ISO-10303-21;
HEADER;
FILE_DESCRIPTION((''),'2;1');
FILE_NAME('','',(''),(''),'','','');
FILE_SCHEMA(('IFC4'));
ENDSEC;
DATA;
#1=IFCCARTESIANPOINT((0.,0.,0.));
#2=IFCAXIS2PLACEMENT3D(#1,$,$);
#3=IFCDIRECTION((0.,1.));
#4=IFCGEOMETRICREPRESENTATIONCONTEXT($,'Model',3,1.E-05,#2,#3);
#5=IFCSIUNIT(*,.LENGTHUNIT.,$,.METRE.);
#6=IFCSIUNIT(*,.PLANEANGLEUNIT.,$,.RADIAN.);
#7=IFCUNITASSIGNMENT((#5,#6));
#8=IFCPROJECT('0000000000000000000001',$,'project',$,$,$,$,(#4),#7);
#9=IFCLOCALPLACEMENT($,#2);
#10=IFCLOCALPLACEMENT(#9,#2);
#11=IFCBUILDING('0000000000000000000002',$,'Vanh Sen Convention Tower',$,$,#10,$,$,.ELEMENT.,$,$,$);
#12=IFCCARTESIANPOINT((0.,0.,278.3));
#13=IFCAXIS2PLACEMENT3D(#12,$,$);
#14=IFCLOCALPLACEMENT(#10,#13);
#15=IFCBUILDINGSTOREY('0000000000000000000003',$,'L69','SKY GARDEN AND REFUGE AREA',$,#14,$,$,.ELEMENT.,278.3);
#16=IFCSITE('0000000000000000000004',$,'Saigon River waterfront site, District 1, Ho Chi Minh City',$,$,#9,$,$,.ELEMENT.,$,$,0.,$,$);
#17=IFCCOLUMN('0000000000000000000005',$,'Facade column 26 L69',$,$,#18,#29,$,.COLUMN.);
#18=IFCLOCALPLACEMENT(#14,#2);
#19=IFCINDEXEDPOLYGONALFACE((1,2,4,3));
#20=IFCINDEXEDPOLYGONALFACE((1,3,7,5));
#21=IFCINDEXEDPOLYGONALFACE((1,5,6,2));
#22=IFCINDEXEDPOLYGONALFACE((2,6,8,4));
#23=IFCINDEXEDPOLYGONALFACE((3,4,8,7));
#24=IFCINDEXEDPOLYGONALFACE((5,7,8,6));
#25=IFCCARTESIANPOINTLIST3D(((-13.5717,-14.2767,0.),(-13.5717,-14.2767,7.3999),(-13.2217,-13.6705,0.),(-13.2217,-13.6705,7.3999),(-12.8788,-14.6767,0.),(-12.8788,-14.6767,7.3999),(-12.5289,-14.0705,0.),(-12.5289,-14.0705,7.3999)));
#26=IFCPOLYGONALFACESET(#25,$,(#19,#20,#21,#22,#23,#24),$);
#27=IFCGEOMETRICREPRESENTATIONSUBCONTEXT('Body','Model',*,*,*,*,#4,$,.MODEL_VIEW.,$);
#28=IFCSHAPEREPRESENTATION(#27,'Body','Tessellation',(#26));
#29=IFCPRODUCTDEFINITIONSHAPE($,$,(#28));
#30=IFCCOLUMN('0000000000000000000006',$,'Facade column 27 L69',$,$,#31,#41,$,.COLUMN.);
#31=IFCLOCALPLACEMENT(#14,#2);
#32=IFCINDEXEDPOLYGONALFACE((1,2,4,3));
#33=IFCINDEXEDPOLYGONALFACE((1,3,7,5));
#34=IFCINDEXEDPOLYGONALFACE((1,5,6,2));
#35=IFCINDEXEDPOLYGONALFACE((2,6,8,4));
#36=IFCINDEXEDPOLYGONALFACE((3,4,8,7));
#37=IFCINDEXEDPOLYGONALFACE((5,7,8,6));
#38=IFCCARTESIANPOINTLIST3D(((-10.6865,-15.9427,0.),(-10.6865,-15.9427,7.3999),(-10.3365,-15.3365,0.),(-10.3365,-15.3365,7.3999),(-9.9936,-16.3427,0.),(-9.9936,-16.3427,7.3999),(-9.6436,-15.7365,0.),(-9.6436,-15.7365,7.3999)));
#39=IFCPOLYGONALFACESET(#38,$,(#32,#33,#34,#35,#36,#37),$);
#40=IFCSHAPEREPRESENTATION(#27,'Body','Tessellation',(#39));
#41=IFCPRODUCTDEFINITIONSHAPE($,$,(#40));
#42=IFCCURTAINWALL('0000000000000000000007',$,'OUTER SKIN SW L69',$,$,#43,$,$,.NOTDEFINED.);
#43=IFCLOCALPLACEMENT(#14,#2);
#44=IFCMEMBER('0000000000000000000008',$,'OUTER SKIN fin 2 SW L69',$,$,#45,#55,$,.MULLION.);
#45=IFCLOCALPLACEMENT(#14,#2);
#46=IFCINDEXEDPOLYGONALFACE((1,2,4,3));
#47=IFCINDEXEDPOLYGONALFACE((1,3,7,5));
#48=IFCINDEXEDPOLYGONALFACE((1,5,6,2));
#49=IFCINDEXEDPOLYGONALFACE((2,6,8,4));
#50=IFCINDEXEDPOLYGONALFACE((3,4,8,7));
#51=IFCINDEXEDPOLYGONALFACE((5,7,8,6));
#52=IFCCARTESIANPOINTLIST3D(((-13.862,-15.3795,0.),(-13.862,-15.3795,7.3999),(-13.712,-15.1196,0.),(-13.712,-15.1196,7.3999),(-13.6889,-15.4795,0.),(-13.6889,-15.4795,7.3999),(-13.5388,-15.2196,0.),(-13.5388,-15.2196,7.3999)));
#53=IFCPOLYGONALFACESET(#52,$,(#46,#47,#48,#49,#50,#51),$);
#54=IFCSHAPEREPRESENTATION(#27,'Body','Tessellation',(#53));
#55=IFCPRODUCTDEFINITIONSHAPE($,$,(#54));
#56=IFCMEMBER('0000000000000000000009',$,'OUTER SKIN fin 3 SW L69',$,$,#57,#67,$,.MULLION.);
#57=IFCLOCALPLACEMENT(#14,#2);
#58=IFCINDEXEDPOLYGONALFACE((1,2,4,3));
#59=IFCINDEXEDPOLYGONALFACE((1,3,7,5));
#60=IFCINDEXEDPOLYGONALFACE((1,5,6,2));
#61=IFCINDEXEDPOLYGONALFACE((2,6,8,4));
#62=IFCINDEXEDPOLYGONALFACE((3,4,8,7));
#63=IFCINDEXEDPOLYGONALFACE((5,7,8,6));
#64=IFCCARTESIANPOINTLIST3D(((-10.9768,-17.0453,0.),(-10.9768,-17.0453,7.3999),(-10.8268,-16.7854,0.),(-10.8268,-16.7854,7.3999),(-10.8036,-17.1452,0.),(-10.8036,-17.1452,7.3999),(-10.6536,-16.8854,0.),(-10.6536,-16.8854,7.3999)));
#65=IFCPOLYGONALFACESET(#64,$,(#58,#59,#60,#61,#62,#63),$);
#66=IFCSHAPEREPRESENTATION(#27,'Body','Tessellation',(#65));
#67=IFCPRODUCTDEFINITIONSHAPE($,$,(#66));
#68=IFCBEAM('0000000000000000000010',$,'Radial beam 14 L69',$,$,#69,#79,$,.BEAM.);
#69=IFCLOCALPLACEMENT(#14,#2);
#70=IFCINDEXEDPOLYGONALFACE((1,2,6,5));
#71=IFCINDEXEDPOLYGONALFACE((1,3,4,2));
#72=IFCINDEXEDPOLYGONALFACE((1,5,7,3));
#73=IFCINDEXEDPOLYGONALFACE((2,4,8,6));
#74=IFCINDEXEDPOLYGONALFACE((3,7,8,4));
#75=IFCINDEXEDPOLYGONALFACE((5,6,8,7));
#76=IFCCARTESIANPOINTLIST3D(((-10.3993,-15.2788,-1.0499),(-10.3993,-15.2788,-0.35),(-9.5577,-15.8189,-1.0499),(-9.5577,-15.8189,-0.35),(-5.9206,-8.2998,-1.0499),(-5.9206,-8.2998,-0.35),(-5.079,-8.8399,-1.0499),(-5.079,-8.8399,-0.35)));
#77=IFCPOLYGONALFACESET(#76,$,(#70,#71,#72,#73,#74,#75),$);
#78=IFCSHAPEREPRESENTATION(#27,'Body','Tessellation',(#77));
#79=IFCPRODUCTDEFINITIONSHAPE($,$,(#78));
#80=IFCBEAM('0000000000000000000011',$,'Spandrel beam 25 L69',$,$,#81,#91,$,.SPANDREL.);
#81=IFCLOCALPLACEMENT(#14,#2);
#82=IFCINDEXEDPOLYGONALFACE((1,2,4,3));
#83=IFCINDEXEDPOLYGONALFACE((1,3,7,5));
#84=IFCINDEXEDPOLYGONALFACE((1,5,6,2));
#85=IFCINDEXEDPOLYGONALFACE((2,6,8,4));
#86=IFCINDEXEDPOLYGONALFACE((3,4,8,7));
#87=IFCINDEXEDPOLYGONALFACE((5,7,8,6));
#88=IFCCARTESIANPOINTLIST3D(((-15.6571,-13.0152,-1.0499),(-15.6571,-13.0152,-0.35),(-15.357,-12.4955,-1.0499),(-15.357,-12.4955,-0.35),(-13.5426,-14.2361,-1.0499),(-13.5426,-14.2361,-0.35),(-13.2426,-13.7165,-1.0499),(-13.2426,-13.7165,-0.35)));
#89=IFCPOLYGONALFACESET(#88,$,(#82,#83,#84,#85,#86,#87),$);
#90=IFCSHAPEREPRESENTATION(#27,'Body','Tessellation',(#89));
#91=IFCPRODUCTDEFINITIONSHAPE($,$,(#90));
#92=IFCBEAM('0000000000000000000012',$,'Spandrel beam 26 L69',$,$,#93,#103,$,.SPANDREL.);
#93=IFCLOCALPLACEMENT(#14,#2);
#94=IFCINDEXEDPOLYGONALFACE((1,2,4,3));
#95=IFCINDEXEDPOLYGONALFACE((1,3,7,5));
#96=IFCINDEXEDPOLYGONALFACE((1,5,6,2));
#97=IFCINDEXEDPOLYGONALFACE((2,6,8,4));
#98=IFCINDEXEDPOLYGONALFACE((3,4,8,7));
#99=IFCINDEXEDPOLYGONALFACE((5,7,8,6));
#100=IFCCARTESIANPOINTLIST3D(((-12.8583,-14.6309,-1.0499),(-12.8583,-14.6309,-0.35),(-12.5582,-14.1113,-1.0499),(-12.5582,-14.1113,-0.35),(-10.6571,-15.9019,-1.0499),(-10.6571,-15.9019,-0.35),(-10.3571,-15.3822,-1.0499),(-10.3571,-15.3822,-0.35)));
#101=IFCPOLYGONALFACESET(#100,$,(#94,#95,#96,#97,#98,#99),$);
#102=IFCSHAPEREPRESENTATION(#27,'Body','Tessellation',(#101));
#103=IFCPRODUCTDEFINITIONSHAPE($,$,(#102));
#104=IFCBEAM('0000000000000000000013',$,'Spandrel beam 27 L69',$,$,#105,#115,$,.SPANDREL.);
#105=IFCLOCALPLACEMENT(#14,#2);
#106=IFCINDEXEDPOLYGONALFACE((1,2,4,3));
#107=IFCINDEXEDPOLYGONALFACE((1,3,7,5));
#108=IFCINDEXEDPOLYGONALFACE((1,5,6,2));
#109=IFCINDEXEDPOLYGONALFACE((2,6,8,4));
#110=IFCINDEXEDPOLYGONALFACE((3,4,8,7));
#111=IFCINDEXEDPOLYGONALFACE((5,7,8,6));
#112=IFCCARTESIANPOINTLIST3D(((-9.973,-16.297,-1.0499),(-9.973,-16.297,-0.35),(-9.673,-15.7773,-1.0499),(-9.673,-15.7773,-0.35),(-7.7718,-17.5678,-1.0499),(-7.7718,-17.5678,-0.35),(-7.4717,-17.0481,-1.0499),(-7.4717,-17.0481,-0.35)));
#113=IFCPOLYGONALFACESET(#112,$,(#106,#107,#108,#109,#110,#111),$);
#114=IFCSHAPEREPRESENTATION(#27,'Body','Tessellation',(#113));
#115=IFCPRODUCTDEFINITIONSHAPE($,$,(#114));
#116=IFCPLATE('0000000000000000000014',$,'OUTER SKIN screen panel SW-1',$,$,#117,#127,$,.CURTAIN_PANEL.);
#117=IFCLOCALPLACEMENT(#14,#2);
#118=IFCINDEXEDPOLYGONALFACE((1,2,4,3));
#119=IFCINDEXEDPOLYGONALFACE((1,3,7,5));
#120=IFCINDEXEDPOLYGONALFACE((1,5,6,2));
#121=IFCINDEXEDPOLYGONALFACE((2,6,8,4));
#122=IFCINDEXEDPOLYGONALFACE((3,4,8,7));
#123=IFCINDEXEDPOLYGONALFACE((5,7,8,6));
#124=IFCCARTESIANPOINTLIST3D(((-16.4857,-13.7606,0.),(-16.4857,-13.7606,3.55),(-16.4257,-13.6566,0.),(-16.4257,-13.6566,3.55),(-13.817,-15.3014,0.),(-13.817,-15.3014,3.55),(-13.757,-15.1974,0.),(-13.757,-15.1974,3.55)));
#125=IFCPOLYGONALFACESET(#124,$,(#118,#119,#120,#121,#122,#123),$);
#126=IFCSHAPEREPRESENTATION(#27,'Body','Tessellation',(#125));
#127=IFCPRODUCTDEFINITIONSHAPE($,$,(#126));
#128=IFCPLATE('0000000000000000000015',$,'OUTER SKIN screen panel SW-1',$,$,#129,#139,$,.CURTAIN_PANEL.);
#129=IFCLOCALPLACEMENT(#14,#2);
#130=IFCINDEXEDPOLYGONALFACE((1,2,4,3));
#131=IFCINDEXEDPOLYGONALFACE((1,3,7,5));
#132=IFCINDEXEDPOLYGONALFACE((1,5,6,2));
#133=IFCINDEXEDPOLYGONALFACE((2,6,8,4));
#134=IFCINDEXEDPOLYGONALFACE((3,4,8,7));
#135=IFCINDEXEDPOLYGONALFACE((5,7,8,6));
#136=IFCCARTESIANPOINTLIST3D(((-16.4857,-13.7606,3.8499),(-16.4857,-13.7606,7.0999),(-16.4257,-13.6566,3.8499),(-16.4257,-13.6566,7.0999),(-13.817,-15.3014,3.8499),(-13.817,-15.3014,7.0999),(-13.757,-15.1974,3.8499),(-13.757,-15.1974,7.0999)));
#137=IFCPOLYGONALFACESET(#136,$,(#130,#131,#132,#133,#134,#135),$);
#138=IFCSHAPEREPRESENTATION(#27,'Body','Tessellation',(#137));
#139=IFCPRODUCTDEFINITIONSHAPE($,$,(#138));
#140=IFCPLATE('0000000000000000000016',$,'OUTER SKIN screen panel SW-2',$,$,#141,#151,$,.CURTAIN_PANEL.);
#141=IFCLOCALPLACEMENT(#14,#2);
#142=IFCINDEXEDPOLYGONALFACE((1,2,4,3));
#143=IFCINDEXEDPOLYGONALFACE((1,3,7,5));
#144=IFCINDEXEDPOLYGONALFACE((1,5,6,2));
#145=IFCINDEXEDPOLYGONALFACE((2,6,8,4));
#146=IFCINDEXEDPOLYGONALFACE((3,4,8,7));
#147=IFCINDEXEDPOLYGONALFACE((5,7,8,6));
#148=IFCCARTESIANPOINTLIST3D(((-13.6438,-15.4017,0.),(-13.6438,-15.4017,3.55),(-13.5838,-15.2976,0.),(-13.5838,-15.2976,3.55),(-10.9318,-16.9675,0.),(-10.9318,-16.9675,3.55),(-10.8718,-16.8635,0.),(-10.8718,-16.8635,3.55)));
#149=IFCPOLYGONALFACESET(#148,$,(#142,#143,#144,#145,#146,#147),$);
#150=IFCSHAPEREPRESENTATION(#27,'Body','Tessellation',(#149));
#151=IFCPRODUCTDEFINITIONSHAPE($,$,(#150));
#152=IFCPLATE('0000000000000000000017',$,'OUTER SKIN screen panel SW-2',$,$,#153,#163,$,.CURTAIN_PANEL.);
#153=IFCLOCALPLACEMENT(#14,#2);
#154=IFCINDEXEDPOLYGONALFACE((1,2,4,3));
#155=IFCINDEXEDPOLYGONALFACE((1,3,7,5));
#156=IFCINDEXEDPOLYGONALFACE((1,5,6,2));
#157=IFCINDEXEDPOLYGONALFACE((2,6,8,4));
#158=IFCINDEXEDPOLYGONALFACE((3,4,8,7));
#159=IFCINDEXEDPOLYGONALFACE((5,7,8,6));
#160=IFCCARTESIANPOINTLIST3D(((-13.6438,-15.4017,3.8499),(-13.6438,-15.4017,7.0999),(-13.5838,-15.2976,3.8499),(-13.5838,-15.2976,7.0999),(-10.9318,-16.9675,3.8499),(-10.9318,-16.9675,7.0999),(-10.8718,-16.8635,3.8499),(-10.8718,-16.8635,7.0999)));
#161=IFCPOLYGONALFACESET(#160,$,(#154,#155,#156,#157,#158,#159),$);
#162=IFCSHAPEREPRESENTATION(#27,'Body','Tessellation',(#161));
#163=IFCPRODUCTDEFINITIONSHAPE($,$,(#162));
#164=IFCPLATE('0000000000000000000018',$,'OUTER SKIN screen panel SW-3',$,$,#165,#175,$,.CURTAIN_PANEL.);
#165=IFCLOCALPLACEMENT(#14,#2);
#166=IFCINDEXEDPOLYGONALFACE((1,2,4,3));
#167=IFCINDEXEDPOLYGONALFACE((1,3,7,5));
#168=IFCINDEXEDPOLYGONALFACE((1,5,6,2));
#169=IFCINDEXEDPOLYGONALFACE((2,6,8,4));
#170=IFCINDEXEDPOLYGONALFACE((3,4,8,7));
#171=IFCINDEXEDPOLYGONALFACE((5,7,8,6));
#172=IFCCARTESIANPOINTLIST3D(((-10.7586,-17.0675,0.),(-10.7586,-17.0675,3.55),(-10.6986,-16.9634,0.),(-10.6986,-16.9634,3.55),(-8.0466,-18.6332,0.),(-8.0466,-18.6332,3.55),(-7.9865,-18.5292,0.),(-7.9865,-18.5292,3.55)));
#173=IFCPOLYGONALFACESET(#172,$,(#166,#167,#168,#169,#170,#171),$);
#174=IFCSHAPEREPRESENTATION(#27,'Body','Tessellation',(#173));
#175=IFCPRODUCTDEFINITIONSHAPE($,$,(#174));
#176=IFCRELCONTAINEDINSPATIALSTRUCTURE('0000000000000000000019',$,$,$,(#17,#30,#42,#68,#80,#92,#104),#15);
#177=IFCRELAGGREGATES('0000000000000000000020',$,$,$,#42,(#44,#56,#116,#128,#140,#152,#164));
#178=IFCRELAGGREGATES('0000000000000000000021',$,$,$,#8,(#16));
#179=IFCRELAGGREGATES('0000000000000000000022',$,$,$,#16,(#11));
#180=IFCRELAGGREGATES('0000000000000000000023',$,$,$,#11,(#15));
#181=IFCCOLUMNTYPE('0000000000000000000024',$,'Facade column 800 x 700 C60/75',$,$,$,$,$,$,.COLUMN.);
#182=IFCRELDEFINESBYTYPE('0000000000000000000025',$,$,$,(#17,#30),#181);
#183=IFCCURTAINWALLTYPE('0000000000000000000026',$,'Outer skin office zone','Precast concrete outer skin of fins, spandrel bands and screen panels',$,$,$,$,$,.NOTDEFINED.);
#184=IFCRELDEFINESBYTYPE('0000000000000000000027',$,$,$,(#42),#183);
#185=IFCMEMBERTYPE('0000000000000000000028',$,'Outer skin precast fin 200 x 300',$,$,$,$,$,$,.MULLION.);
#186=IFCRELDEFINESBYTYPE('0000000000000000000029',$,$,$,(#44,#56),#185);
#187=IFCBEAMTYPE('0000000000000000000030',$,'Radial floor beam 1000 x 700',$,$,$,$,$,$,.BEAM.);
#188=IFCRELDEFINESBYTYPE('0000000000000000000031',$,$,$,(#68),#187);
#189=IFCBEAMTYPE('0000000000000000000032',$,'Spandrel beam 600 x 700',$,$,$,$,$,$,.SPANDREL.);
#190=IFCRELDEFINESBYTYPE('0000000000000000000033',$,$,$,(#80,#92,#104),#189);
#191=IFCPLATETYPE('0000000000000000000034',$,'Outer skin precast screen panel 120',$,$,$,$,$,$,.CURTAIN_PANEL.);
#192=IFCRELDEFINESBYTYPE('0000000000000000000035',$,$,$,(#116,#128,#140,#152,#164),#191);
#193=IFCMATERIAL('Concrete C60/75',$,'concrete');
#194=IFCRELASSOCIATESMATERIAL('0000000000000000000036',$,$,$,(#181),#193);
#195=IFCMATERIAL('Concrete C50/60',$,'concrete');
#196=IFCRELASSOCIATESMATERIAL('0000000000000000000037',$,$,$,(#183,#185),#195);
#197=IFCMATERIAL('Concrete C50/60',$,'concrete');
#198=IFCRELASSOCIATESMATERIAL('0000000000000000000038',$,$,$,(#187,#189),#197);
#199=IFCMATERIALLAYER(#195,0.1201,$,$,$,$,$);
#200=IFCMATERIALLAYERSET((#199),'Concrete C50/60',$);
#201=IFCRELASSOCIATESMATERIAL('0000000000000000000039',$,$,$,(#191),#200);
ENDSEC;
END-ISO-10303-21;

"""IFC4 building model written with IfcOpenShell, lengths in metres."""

from ifc_helpers import new_model, si_unit, direction, frame, origin, origin_2d, place, context, subcontext, project, spatial, rectangle, extrude, material, layer, layer_set, material_profile, profile_set, type_object, element, aggregate, save


model = new_model("IFC4")

# Units and contexts
model_context = context("Model", 3, precision=1e-05, world=origin(), true_north=direction((0.0, 1.0)))
body_context = subcontext(model_context, "Body", "Model", "MODEL_VIEW")
ifc_project = project(units=[si_unit("LENGTHUNIT", "METRE"), si_unit("PLANEANGLEUNIT", "RADIAN")], contexts=[model_context])

# Site, building, storey
site_placement = place(None, origin())
site = spatial("IfcSite", under=ifc_project, at=site_placement, Name="Saigon River waterfront site, District 1, Ho Chi Minh City", CompositionType="ELEMENT", RefElevation=0.0)
building_placement = place(site_placement, origin())
building = spatial("IfcBuilding", under=site, at=building_placement, Name="Vanh Sen Convention Tower", CompositionType="ELEMENT")
storey_placement = place(building_placement, frame((0.0, 0.0, 278.3)))
storey = spatial("IfcBuildingStorey", under=building, at=storey_placement, Name="L69", Description="SKY GARDEN AND REFUGE AREA", CompositionType="ELEMENT", Elevation=278.3)

# Columns
ifc_material_1 = material(Name="Concrete C60/75", Category="concrete")
ifc_material_profile_1 = material_profile(ifc_material_1, rectangle(XDim=0.8, YDim=0.7, at=origin_2d()), Name="RC 800X700")
ifc_profile_set_1 = profile_set([ifc_material_profile_1], Name="Concrete C60/75")
column_type = type_object("IfcColumnType", Name="Facade column 800 x 700 C60/75", PredefinedType="COLUMN", material=ifc_profile_set_1)
for number, where, z_axis, x_axis, name in (
    (1, (-13.0503, -14.1736, 0.0), (0.0, 0.0, 1.0), (0.866025, -0.5, 0.0), "Facade column 26 L69"),
    (2, (-10.165, -15.8396, 0.0), (0.0, 0.0, 1.0), (0.866025, -0.5, 0.0), "Facade column 27 L69"),
):
    element("IfcColumn", number, at=place(storey_placement, frame(where, z_axis=z_axis, x_axis=x_axis)), inside=storey, type_object=column_type, Name=name, PredefinedType="COLUMN", context=body_context, shape_type="SweptSolid", body=[
        extrude(rectangle(XDim=0.8, YDim=0.7, at=origin_2d()), origin(), (0.0, 0.0, 1.0), 7.3999),
    ])

# Curtain wall, members
ifc_material_2 = material(Name="Concrete C50/60", Category="concrete")
curtain_wall_type = type_object("IfcCurtainWallType", Name="Outer skin office zone", Description="Precast concrete outer skin of fins, spandrel bands and screen panels", PredefinedType="NOTDEFINED", material=ifc_material_2)
curtain_wall_placement = place(storey_placement, origin())
curtain_wall = element("IfcCurtainWall", 3, at=curtain_wall_placement, inside=storey, type_object=curtain_wall_type, Name="OUTER SKIN SW L69", PredefinedType="NOTDEFINED")
ifc_material_profile_2 = material_profile(ifc_material_2, rectangle(XDim=0.2, YDim=0.3, at=origin_2d()), Name="Outer skin precast fin 200 x 300")
ifc_profile_set_2 = profile_set([ifc_material_profile_2], Name="Concrete C50/60")
member_type = type_object("IfcMemberType", Name="Outer skin precast fin 200 x 300", PredefinedType="MULLION", material=ifc_profile_set_2)
member_1_placement = place(storey_placement, frame((-13.7004, -15.2996, 0.0), z_axis=(0.0, 0.0, 1.0), x_axis=(0.866025, -0.5, 0.0)))
member_1 = element("IfcMember", 4, at=member_1_placement, type_object=member_type, Name="OUTER SKIN fin 2 SW L69", PredefinedType="MULLION", context=body_context, shape_type="SweptSolid", body=[
    extrude(rectangle(XDim=0.2, YDim=0.3, at=origin_2d()), origin(), (0.0, 0.0, 1.0), 7.3999),
])
member_2_placement = place(storey_placement, frame((-10.8152, -16.9653, 0.0), z_axis=(0.0, 0.0, 1.0), x_axis=(0.866025, -0.5, 0.0)))
member_2 = element("IfcMember", 5, at=member_2_placement, type_object=member_type, Name="OUTER SKIN fin 3 SW L69", PredefinedType="MULLION", context=body_context, shape_type="SweptSolid", body=[
    extrude(rectangle(XDim=0.2, YDim=0.3, at=origin_2d()), origin(), (0.0, 0.0, 1.0), 7.3999),
])

# Beams
ifc_material_3 = material(Name="Concrete C50/60", Category="concrete")
ifc_material_profile_3 = material_profile(ifc_material_3, rectangle(XDim=1.0, YDim=0.7, at=origin_2d()), Name="RC 1000X700")
ifc_profile_set_3 = profile_set([ifc_material_profile_3], Name="Concrete C50/60")
beam_type_1 = type_object("IfcBeamType", Name="Radial floor beam 1000 x 700", PredefinedType="BEAM", material=ifc_profile_set_3)
beam_1_placement = place(storey_placement, frame((-9.9785, -15.5488, -0.7), z_axis=(0.540097, 0.841603, 0.0), x_axis=(-0.841603, 0.540097, 0.0)))
element("IfcBeam", 6, at=beam_1_placement, inside=storey, type_object=beam_type_1, Name="Radial beam 14 L69", PredefinedType="BEAM", context=body_context, shape_type="SweptSolid", body=[
    extrude(rectangle(XDim=1.0, YDim=0.7, at=origin_2d()), origin(), (0.0, 0.0, 1.0), 8.2925),
])
ifc_material_profile_4 = material_profile(ifc_material_3, rectangle(XDim=0.6001, YDim=0.7, at=origin_2d()), Name="RC 600X700")
ifc_profile_set_4 = profile_set([ifc_material_profile_4], Name="Concrete C50/60")
beam_type_2 = type_object("IfcBeamType", Name="Spandrel beam 600 x 700", PredefinedType="SPANDREL", material=ifc_profile_set_4)
beam_2_placement = place(storey_placement, frame((-15.5071, -12.7554, -0.7), z_axis=(0.866001, -0.500043, 0.0), x_axis=(0.500043, 0.866001, 0.0)))
element("IfcBeam", 7, at=beam_2_placement, inside=storey, type_object=beam_type_2, Name="Spandrel beam 25 L69", PredefinedType="SPANDREL", context=body_context, shape_type="SweptSolid", body=[
    extrude(rectangle(XDim=0.6001, YDim=0.7, at=origin_2d()), origin(), (0.0, 0.0, 1.0), 2.4417),
])
for number, where, z_axis, x_axis, name in (
    (8, (-12.7083, -14.3711, -0.7), (0.866, -0.500044, 0.0), (0.500044, 0.866, 0.0), "Spandrel beam 26 L69"),
    (9, (-9.823, -16.0371, -0.7), (0.866042, -0.499972, 0.0), (0.499972, 0.866042, 0.0), "Spandrel beam 27 L69"),
):
    element("IfcBeam", number, at=place(storey_placement, frame(where, z_axis=z_axis, x_axis=x_axis)), inside=storey, type_object=beam_type_2, Name=name, PredefinedType="SPANDREL", context=body_context, shape_type="SweptSolid", body=[
        extrude(rectangle(XDim=0.6001, YDim=0.7, at=origin_2d()), origin(), (0.0, 0.0, 1.0), 2.5417),
    ])

# Plates
ifc_layer_1 = layer(ifc_material_2, 0.1201)
ifc_layer_set_1 = layer_set([ifc_layer_1], Name="Concrete C50/60")
plate_type = type_object("IfcPlateType", Name="Outer skin precast screen panel 120", PredefinedType="CURTAIN_PANEL", material=ifc_layer_set_1)
plate_1_placement = place(storey_placement, frame((-15.1213, -14.479, 0.0), z_axis=(0.0, 0.0, 1.0), x_axis=(0.866029, -0.499994, 0.0)))
plate_1 = element("IfcPlate", 10, at=plate_1_placement, type_object=plate_type, Name="OUTER SKIN screen panel SW-1", PredefinedType="CURTAIN_PANEL", context=body_context, shape_type="SweptSolid", body=[
    extrude(rectangle(XDim=3.0815, YDim=0.1201, at=origin_2d()), origin(), (0.0, 0.0, 1.0), 3.55),
])
plate_2_placement = place(storey_placement, frame((-15.1213, -14.479, 3.8499), z_axis=(0.0, 0.0, 1.0), x_axis=(0.866029, -0.499994, 0.0)))
plate_2 = element("IfcPlate", 11, at=plate_2_placement, type_object=plate_type, Name="OUTER SKIN screen panel SW-1", PredefinedType="CURTAIN_PANEL", context=body_context, shape_type="SweptSolid", body=[
    extrude(rectangle(XDim=3.0815, YDim=0.1201, at=origin_2d()), origin(), (0.0, 0.0, 1.0), 3.25),
])
plate_3_placement = place(storey_placement, frame((-12.2578, -16.1326, 0.0), z_axis=(0.0, 0.0, 1.0), x_axis=(0.866016, -0.500017, 0.0)))
plate_3 = element("IfcPlate", 12, at=plate_3_placement, type_object=plate_type, Name="OUTER SKIN screen panel SW-2", PredefinedType="CURTAIN_PANEL", context=body_context, shape_type="SweptSolid", body=[
    extrude(rectangle(XDim=3.1316, YDim=0.1201, at=origin_2d()), origin(), (0.0, 0.0, 1.0), 3.55),
])
plate_4_placement = place(storey_placement, frame((-12.2578, -16.1326, 3.8499), z_axis=(0.0, 0.0, 1.0), x_axis=(0.866016, -0.500017, 0.0)))
plate_4 = element("IfcPlate", 13, at=plate_4_placement, type_object=plate_type, Name="OUTER SKIN screen panel SW-2", PredefinedType="CURTAIN_PANEL", context=body_context, shape_type="SweptSolid", body=[
    extrude(rectangle(XDim=3.1316, YDim=0.1201, at=origin_2d()), origin(), (0.0, 0.0, 1.0), 3.25),
])
plate_5_placement = place(storey_placement, frame((-9.3726, -17.7983, 0.0), z_axis=(0.0, 0.0, 1.0), x_axis=(0.866029, -0.499994, 0.0)))
plate_5 = element("IfcPlate", 14, at=plate_5_placement, type_object=plate_type, Name="OUTER SKIN screen panel SW-3", PredefinedType="CURTAIN_PANEL", context=body_context, shape_type="SweptSolid", body=[
    extrude(rectangle(XDim=3.1316, YDim=0.1201, at=origin_2d()), origin(), (0.0, 0.0, 1.0), 3.55),
])
aggregate(curtain_wall, [member_1, member_2, plate_1, plate_2, plate_3, plate_4, plate_5])

save(model, "model.ifc")
